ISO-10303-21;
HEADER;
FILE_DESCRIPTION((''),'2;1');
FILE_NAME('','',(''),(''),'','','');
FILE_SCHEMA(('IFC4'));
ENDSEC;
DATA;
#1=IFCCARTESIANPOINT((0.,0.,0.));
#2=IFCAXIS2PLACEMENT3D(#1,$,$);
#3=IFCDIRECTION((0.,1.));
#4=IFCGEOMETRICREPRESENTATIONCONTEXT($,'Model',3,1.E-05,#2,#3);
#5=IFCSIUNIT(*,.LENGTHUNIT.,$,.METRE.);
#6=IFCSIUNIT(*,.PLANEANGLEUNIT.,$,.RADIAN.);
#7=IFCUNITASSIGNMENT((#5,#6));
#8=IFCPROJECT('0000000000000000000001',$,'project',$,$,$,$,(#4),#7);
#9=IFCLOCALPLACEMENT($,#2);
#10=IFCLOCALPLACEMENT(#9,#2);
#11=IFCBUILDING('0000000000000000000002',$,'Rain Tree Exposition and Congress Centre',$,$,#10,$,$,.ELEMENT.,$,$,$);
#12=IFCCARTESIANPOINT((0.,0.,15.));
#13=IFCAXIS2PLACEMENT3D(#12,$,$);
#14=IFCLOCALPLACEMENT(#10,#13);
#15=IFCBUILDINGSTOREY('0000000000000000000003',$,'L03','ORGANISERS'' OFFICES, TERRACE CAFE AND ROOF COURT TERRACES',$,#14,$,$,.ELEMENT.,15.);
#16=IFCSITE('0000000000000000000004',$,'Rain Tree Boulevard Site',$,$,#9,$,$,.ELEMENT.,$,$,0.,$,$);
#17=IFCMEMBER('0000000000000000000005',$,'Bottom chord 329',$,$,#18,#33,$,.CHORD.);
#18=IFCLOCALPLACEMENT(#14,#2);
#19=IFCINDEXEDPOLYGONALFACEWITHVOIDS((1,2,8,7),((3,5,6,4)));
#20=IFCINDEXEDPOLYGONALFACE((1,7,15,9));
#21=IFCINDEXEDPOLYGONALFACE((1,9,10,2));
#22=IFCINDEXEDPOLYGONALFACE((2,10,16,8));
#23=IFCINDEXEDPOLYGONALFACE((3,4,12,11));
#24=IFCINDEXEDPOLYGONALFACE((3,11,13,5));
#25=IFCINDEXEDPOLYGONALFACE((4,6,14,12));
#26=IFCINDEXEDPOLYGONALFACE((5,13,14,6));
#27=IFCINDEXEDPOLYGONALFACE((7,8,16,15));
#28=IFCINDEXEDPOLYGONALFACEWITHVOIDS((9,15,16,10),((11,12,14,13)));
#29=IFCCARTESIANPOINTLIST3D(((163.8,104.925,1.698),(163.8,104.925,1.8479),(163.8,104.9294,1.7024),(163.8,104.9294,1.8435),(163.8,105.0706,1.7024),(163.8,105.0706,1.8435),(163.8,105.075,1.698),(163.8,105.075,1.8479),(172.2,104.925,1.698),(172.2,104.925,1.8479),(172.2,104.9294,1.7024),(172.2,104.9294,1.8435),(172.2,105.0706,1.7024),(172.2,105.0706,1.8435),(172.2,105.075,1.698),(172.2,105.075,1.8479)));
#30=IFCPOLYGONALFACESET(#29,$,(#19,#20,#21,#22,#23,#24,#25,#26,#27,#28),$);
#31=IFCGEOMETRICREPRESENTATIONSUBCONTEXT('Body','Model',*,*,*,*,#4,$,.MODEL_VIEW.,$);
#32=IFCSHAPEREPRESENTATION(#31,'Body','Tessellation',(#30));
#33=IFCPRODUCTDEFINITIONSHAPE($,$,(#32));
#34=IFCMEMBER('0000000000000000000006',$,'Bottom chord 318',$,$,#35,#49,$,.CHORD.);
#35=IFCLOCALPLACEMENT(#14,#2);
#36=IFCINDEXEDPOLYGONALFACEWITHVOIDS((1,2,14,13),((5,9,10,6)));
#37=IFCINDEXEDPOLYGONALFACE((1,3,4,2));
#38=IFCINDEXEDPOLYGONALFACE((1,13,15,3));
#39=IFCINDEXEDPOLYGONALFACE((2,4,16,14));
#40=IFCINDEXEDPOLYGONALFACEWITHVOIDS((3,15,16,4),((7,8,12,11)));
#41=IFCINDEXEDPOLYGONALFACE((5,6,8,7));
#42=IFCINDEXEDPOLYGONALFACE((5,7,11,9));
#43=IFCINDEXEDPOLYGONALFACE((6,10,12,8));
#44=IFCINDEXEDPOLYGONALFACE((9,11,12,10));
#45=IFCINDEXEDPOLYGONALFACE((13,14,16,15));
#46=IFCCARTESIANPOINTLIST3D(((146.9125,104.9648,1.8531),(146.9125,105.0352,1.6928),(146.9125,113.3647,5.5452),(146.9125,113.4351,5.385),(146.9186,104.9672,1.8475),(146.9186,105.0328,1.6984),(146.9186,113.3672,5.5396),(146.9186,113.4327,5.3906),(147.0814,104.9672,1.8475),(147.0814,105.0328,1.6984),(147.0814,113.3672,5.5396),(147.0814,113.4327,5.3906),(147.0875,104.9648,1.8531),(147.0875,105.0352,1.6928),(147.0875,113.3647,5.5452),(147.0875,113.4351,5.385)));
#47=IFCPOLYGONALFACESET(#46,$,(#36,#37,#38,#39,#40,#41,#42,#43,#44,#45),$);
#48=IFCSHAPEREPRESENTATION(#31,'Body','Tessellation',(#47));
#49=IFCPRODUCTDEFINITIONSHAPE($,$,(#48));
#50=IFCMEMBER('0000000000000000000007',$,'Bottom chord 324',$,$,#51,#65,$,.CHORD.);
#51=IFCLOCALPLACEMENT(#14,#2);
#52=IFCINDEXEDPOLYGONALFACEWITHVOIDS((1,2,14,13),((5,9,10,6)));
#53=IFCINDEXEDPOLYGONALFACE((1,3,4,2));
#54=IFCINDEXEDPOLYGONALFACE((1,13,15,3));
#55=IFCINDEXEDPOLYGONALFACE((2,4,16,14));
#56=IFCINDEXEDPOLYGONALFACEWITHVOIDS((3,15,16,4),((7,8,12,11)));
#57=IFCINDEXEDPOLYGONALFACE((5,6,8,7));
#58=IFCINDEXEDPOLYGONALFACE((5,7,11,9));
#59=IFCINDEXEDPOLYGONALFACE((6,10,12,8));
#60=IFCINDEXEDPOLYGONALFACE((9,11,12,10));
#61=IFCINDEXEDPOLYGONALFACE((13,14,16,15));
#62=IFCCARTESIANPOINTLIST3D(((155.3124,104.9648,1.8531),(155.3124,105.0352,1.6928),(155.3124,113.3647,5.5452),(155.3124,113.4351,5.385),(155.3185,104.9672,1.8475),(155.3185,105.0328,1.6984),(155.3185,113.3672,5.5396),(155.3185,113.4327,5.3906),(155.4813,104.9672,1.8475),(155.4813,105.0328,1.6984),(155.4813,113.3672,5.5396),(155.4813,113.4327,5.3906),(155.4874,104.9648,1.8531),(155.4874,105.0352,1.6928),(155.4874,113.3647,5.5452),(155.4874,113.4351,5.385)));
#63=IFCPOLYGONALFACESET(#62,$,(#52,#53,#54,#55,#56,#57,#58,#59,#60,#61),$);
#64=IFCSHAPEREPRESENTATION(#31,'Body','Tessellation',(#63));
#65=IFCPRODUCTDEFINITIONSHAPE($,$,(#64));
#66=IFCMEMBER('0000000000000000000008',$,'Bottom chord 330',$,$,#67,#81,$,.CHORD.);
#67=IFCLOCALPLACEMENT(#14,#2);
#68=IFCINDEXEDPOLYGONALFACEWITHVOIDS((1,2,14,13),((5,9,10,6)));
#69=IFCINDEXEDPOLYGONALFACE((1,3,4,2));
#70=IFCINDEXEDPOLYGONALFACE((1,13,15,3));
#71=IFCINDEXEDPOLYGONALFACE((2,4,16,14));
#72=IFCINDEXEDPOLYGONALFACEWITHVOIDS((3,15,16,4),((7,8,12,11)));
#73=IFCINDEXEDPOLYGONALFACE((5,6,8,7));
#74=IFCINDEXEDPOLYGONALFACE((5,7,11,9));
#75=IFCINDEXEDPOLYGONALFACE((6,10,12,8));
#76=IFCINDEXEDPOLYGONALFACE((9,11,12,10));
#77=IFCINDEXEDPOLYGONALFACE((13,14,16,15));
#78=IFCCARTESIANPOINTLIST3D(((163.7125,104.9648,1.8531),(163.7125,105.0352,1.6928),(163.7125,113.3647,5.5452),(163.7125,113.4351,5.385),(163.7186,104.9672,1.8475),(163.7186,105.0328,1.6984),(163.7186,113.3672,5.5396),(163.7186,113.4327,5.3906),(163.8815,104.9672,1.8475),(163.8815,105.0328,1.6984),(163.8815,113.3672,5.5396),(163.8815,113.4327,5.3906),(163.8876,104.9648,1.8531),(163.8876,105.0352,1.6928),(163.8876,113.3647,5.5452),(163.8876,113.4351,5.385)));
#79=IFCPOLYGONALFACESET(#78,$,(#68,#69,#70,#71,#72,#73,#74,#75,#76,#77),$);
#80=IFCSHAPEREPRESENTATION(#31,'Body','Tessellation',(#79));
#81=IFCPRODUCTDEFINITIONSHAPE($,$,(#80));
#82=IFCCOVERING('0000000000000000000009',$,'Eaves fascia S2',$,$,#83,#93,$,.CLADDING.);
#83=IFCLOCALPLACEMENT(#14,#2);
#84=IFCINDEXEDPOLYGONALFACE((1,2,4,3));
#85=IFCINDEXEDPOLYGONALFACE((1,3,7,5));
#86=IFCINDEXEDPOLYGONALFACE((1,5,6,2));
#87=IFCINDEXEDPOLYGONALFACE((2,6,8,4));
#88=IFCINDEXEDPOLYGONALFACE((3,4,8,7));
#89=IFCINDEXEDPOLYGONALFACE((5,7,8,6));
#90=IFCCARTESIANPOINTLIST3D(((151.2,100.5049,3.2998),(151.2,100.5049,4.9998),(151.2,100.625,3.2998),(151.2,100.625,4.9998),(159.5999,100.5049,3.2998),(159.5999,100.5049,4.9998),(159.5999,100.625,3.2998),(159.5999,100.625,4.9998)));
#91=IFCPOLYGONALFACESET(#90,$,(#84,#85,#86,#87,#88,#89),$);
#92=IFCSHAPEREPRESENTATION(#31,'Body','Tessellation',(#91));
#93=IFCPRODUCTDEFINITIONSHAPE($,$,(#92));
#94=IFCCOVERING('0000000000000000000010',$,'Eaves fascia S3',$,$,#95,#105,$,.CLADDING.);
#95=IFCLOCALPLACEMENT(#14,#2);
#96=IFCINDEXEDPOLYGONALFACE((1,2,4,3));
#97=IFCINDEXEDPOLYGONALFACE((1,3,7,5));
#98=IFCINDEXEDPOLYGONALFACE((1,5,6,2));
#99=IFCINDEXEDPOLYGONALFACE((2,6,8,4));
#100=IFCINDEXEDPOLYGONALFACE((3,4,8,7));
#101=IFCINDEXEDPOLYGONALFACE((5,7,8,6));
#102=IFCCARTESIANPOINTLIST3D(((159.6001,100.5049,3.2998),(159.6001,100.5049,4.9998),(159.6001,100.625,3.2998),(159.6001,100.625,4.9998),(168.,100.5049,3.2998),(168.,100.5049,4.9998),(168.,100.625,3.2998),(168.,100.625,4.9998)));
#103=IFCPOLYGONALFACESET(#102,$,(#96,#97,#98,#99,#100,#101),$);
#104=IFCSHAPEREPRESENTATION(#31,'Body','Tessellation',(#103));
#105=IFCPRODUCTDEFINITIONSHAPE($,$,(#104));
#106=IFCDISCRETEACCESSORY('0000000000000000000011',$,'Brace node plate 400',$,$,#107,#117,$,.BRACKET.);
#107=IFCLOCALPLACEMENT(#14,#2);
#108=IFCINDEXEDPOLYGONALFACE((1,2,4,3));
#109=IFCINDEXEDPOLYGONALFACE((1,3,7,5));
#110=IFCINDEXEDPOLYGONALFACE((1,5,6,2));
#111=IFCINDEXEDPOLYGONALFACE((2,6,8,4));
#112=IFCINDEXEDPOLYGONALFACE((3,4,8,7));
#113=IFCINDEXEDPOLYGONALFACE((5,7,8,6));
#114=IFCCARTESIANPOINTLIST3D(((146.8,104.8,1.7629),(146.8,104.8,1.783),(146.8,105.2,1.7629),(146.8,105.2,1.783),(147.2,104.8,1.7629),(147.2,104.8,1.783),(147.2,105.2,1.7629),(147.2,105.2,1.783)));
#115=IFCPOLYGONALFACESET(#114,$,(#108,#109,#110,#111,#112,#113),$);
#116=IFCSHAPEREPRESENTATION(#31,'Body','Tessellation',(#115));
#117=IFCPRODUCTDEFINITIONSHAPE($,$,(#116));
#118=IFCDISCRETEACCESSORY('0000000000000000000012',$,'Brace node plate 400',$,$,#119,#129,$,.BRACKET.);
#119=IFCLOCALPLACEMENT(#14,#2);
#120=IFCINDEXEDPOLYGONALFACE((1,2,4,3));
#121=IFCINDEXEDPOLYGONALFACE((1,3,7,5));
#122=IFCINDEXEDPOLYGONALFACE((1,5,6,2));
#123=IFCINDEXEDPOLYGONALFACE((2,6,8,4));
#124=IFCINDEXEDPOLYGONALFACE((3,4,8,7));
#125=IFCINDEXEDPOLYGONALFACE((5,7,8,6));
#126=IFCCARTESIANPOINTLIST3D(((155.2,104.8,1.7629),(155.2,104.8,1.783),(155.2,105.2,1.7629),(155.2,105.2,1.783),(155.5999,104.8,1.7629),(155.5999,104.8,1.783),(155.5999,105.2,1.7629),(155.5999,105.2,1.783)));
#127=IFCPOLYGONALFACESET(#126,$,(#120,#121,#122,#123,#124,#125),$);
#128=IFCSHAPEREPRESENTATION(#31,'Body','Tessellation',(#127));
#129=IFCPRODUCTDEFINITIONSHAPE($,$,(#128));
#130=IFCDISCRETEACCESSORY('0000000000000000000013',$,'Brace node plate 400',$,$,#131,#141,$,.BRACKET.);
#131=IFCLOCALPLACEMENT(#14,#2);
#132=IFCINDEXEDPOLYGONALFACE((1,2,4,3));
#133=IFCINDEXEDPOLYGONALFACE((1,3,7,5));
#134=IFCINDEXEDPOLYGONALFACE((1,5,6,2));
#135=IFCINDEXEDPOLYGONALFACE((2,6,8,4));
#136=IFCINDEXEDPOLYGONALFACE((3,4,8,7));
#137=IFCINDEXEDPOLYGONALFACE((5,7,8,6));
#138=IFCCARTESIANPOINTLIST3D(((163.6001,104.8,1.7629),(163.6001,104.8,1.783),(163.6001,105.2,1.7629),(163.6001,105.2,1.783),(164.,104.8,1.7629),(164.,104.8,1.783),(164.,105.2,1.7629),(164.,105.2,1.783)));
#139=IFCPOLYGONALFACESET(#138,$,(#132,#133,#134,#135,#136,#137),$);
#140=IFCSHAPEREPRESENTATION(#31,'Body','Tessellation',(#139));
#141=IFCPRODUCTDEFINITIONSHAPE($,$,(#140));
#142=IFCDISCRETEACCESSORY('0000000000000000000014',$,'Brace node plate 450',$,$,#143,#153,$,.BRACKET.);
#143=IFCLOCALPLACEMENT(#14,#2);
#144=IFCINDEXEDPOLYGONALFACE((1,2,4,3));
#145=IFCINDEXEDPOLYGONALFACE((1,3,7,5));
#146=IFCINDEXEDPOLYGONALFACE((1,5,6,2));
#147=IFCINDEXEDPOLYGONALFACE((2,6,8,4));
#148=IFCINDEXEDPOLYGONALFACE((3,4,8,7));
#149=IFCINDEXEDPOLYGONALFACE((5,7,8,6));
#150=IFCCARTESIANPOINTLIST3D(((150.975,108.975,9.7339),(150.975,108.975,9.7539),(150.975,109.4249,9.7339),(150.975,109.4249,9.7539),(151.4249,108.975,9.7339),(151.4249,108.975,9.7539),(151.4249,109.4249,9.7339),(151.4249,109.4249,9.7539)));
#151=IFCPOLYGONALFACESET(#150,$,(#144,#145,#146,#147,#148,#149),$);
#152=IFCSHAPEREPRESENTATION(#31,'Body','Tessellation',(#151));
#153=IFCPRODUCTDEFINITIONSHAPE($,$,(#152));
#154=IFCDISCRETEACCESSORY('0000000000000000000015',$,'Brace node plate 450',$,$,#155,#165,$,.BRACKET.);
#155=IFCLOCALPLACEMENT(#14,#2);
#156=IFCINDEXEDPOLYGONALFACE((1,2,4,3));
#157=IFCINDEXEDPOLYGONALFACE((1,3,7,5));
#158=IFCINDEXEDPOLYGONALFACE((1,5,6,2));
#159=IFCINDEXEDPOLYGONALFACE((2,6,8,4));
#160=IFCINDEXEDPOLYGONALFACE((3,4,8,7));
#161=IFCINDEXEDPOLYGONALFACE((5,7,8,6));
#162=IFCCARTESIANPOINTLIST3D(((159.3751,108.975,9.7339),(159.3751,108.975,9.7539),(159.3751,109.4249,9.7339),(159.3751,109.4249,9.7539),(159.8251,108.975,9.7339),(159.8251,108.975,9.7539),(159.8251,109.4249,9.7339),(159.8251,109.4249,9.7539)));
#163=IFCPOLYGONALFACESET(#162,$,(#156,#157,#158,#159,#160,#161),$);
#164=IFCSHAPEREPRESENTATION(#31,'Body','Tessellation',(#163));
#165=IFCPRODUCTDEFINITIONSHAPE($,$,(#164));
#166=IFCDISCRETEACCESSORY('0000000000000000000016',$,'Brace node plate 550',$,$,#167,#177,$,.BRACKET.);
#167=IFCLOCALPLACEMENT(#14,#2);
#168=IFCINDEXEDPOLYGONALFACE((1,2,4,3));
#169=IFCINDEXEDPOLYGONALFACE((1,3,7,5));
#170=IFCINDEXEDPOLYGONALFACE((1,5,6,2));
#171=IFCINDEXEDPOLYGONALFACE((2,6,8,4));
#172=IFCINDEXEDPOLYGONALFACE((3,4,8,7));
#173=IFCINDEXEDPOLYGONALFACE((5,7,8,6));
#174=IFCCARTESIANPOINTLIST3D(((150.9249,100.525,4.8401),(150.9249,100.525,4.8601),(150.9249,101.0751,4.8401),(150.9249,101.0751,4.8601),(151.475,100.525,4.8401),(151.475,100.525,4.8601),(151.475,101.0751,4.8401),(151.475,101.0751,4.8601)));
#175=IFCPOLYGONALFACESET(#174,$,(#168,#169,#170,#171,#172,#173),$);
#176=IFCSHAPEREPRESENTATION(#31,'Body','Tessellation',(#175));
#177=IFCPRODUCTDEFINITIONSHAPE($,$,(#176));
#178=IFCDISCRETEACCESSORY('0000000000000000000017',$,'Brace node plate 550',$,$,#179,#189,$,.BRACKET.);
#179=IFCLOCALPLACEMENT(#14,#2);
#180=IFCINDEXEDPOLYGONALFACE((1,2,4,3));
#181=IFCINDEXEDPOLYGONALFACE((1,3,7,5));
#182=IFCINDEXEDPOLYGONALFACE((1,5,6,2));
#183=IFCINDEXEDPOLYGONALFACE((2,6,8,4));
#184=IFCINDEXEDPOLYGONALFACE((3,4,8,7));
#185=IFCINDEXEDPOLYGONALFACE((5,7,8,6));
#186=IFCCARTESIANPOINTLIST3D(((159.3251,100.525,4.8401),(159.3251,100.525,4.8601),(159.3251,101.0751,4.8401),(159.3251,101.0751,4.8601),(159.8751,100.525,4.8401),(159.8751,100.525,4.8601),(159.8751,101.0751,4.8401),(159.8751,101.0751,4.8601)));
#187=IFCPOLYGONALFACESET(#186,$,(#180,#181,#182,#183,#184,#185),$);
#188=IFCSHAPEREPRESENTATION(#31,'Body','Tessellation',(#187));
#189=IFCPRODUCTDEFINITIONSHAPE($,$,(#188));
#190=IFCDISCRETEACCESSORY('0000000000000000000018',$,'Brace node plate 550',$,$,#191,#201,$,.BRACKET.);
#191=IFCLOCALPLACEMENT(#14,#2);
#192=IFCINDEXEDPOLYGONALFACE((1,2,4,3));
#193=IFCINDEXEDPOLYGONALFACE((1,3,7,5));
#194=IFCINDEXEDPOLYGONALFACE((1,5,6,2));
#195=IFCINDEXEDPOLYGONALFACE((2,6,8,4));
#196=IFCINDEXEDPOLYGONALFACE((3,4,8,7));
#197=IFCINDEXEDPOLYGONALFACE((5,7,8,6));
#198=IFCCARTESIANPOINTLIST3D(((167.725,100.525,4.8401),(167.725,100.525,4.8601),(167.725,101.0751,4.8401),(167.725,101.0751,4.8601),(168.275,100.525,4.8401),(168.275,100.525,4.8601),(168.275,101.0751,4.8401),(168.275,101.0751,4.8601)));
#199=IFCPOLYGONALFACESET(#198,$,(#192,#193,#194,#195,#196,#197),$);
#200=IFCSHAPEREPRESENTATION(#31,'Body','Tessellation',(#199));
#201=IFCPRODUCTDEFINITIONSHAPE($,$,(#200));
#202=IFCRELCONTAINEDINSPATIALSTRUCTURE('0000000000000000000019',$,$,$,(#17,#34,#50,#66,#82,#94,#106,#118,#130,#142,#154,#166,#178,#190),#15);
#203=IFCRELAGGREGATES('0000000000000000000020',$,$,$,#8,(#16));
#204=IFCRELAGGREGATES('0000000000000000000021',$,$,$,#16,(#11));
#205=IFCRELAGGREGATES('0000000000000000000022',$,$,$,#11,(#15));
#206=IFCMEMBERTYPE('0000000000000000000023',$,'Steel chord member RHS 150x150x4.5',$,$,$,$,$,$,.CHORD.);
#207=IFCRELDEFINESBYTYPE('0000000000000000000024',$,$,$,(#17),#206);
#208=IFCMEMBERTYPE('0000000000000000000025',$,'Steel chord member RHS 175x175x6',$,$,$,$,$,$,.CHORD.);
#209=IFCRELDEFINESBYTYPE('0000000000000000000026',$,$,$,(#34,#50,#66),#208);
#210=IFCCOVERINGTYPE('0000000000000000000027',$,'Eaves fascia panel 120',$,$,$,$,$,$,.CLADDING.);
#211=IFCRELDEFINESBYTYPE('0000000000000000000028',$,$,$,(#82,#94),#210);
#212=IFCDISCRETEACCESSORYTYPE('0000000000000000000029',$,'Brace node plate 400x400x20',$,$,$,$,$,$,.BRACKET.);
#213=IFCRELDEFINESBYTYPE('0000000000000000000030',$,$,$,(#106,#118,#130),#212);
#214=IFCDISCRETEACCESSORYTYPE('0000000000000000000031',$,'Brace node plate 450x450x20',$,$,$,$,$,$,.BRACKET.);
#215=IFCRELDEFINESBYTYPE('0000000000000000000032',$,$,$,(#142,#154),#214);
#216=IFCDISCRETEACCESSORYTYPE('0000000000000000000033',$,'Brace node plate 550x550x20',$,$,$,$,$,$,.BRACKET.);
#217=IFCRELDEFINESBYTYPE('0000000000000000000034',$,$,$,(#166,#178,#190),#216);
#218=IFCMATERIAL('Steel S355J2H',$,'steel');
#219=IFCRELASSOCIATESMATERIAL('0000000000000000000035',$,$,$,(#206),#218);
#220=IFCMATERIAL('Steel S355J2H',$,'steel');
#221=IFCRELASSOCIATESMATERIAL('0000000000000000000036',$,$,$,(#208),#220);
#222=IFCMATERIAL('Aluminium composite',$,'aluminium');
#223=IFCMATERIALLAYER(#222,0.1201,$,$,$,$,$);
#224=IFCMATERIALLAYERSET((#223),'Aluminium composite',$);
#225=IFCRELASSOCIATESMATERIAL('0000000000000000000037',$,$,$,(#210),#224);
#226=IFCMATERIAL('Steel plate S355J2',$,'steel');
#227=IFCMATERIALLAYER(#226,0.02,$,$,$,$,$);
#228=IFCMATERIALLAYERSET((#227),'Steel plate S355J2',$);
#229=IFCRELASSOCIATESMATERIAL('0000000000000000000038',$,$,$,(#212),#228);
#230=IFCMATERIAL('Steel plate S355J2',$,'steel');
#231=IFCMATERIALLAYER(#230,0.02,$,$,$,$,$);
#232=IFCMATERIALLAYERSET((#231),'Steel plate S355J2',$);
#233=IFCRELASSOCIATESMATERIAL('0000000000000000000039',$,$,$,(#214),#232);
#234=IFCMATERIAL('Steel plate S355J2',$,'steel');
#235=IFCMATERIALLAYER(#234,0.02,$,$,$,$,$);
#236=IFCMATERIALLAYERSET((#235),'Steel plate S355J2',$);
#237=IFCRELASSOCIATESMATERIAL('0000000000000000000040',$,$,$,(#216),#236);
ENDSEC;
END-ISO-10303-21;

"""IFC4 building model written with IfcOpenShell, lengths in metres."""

from ifc_helpers import new_model, si_unit, direction, frame, origin, origin_2d, place, context, subcontext, project, spatial, rectangle, hollow_rectangle, extrude, material, layer, layer_set, material_profile, profile_set, type_object, element, save


model = new_model("IFC4")

# Units and contexts
model_context = context("Model", 3, precision=1e-05, world=origin(), true_north=direction((0.0, 1.0)))
body_context = subcontext(model_context, "Body", "Model", "MODEL_VIEW")
ifc_project = project(units=[si_unit("LENGTHUNIT", "METRE"), si_unit("PLANEANGLEUNIT", "RADIAN")], contexts=[model_context])

# Site, building, storey
site_placement = place(None, origin())
site = spatial("IfcSite", under=ifc_project, at=site_placement, Name="Rain Tree Boulevard Site", CompositionType="ELEMENT", RefElevation=0.0)
building_placement = place(site_placement, origin())
building = spatial("IfcBuilding", under=site, at=building_placement, Name="Rain Tree Exposition and Congress Centre", CompositionType="ELEMENT")
storey_placement = place(building_placement, frame((0.0, 0.0, 15.0)))
storey = spatial("IfcBuildingStorey", under=building, at=storey_placement, Name="L03", Description="ORGANISERS' OFFICES, TERRACE CAFE AND ROOF COURT TERRACES", CompositionType="ELEMENT", Elevation=15.0)

# Members
ifc_material_1 = material(Name="Steel S355J2H", Category="steel")
ifc_material_profile_1 = material_profile(ifc_material_1, hollow_rectangle(XDim=0.1499, YDim=0.1499, WallThickness=0.0044, at=origin_2d()), Name="RHS 150x150x4.5")
ifc_profile_set_1 = profile_set([ifc_material_profile_1], Name="Steel S355J2H")
member_type_1 = type_object("IfcMemberType", Name="Steel chord member RHS 150x150x4.5", PredefinedType="CHORD", material=ifc_profile_set_1)
member_1_placement = place(storey_placement, frame((163.8, 105.0, 1.7729), z_axis=(1.0, 0.0, 0.0), x_axis=(0.0, 1.0, 0.0)))
element("IfcMember", 1, at=member_1_placement, inside=storey, type_object=member_type_1, Name="Bottom chord 329", PredefinedType="CHORD", context=body_context, shape_type="SweptSolid", body=[
    extrude(hollow_rectangle(XDim=0.1499, YDim=0.1499, WallThickness=0.0044, at=origin_2d()), origin(), (0.0, 0.0, 1.0), 8.3999),
])
ifc_material_2 = material(Name="Steel S355J2H", Category="steel")
ifc_material_profile_2 = material_profile(ifc_material_2, hollow_rectangle(XDim=0.175, YDim=0.175, WallThickness=0.0061, at=origin_2d()), Name="RHS 175x175x6")
ifc_profile_set_2 = profile_set([ifc_material_profile_2], Name="Steel S355J2H")
member_type_2 = type_object("IfcMemberType", Name="Steel chord member RHS 175x175x6", PredefinedType="CHORD", material=ifc_profile_set_2)
for number, where, z_axis, x_axis, name in (
    (2, (147.0, 105.0, 1.7729), (0.0, 0.915468, 0.40239), (-1.0, 0.0, 0.0), "Bottom chord 318"),
    (3, (155.3999, 105.0, 1.7729), (0.0, 0.915468, 0.40239), (-1.0, 0.0, 0.0), "Bottom chord 324"),
    (4, (163.8, 105.0, 1.7729), (0.0, 0.915468, 0.40239), (-1.0, 0.0, 0.0), "Bottom chord 330"),
):
    element("IfcMember", number, at=place(storey_placement, frame(where, z_axis=z_axis, x_axis=x_axis)), inside=storey, type_object=member_type_2, Name=name, PredefinedType="CHORD", context=body_context, shape_type="SweptSolid", body=[
        extrude(hollow_rectangle(XDim=0.175, YDim=0.175, WallThickness=0.0061, at=origin_2d()), origin(), (0.0, 0.0, 1.0), 9.1755),
    ])

# Coverings
ifc_material_3 = material(Name="Aluminium composite", Category="aluminium")
ifc_layer_1 = layer(ifc_material_3, 0.1201)
ifc_layer_set_1 = layer_set([ifc_layer_1], Name="Aluminium composite")
covering_type = type_object("IfcCoveringType", Name="Eaves fascia panel 120", PredefinedType="CLADDING", material=ifc_layer_set_1)
for number, where, z_axis, x_axis, name in (
    (5, (155.3999, 100.5649, 3.2998), (0.0, 0.0, 1.0), (1.0, 0.0, 0.0), "Eaves fascia S2"),
    (6, (163.8, 100.5649, 3.2998), (0.0, 0.0, 1.0), (1.0, 0.0, 0.0), "Eaves fascia S3"),
):
    element("IfcCovering", number, at=place(storey_placement, frame(where, z_axis=z_axis, x_axis=x_axis)), inside=storey, type_object=covering_type, Name=name, PredefinedType="CLADDING", context=body_context, shape_type="SweptSolid", body=[
        extrude(rectangle(XDim=8.3999, YDim=0.1201, at=origin_2d()), origin(), (0.0, 0.0, 1.0), 1.7),
    ])

# Discrete accessories
ifc_material_4 = material(Name="Steel plate S355J2", Category="steel")
ifc_layer_2 = layer(ifc_material_4, 0.02)
ifc_layer_set_2 = layer_set([ifc_layer_2], Name="Steel plate S355J2")
discrete_accessory_type_1 = type_object("IfcDiscreteAccessoryType", Name="Brace node plate 400x400x20", PredefinedType="BRACKET", material=ifc_layer_set_2)
for number, where, z_axis, x_axis, name in (
    (7, (147.0, 105.0, 1.7629), (0.0, 0.0, 1.0), (1.0, 0.0, 0.0), "Brace node plate 400"),
    (8, (155.3999, 105.0, 1.7629), (0.0, 0.0, 1.0), (1.0, 0.0, 0.0), "Brace node plate 400"),
    (9, (163.8, 105.0, 1.7629), (0.0, 0.0, 1.0), (1.0, 0.0, 0.0), "Brace node plate 400"),
):
    element("IfcDiscreteAccessory", number, at=place(storey_placement, frame(where, z_axis=z_axis, x_axis=x_axis)), inside=storey, type_object=discrete_accessory_type_1, Name=name, PredefinedType="BRACKET", context=body_context, shape_type="SweptSolid", body=[
        extrude(rectangle(XDim=0.3999, YDim=0.3999, at=origin_2d()), origin(), (0.0, 0.0, 1.0), 0.02),
    ])
ifc_material_5 = material(Name="Steel plate S355J2", Category="steel")
ifc_layer_3 = layer(ifc_material_5, 0.02)
ifc_layer_set_3 = layer_set([ifc_layer_3], Name="Steel plate S355J2")
discrete_accessory_type_2 = type_object("IfcDiscreteAccessoryType", Name="Brace node plate 450x450x20", PredefinedType="BRACKET", material=ifc_layer_set_3)
for number, where, z_axis, x_axis, name in (
    (10, (151.2, 109.2, 9.7339), (0.0, 0.0, 1.0), (1.0, 0.0, 0.0), "Brace node plate 450"),
    (11, (159.6001, 109.2, 9.7339), (0.0, 0.0, 1.0), (1.0, 0.0, 0.0), "Brace node plate 450"),
):
    element("IfcDiscreteAccessory", number, at=place(storey_placement, frame(where, z_axis=z_axis, x_axis=x_axis)), inside=storey, type_object=discrete_accessory_type_2, Name=name, PredefinedType="BRACKET", context=body_context, shape_type="SweptSolid", body=[
        extrude(rectangle(XDim=0.45, YDim=0.45, at=origin_2d()), origin(), (0.0, 0.0, 1.0), 0.02),
    ])
ifc_material_6 = material(Name="Steel plate S355J2", Category="steel")
ifc_layer_4 = layer(ifc_material_6, 0.02)
ifc_layer_set_4 = layer_set([ifc_layer_4], Name="Steel plate S355J2")
discrete_accessory_type_3 = type_object("IfcDiscreteAccessoryType", Name="Brace node plate 550x550x20", PredefinedType="BRACKET", material=ifc_layer_set_4)
for number, where, z_axis, x_axis, name in (
    (12, (151.2, 100.8, 4.8401), (0.0, 0.0, 1.0), (1.0, 0.0, 0.0), "Brace node plate 550"),
    (13, (159.6001, 100.8, 4.8401), (0.0, 0.0, 1.0), (1.0, 0.0, 0.0), "Brace node plate 550"),
    (14, (168.0, 100.8, 4.8401), (0.0, 0.0, 1.0), (1.0, 0.0, 0.0), "Brace node plate 550"),
):
    element("IfcDiscreteAccessory", number, at=place(storey_placement, frame(where, z_axis=z_axis, x_axis=x_axis)), inside=storey, type_object=discrete_accessory_type_3, Name=name, PredefinedType="BRACKET", context=body_context, shape_type="SweptSolid", body=[
        extrude(rectangle(XDim=0.55, YDim=0.55, at=origin_2d()), origin(), (0.0, 0.0, 1.0), 0.02),
    ])

save(model, "model.ifc")
